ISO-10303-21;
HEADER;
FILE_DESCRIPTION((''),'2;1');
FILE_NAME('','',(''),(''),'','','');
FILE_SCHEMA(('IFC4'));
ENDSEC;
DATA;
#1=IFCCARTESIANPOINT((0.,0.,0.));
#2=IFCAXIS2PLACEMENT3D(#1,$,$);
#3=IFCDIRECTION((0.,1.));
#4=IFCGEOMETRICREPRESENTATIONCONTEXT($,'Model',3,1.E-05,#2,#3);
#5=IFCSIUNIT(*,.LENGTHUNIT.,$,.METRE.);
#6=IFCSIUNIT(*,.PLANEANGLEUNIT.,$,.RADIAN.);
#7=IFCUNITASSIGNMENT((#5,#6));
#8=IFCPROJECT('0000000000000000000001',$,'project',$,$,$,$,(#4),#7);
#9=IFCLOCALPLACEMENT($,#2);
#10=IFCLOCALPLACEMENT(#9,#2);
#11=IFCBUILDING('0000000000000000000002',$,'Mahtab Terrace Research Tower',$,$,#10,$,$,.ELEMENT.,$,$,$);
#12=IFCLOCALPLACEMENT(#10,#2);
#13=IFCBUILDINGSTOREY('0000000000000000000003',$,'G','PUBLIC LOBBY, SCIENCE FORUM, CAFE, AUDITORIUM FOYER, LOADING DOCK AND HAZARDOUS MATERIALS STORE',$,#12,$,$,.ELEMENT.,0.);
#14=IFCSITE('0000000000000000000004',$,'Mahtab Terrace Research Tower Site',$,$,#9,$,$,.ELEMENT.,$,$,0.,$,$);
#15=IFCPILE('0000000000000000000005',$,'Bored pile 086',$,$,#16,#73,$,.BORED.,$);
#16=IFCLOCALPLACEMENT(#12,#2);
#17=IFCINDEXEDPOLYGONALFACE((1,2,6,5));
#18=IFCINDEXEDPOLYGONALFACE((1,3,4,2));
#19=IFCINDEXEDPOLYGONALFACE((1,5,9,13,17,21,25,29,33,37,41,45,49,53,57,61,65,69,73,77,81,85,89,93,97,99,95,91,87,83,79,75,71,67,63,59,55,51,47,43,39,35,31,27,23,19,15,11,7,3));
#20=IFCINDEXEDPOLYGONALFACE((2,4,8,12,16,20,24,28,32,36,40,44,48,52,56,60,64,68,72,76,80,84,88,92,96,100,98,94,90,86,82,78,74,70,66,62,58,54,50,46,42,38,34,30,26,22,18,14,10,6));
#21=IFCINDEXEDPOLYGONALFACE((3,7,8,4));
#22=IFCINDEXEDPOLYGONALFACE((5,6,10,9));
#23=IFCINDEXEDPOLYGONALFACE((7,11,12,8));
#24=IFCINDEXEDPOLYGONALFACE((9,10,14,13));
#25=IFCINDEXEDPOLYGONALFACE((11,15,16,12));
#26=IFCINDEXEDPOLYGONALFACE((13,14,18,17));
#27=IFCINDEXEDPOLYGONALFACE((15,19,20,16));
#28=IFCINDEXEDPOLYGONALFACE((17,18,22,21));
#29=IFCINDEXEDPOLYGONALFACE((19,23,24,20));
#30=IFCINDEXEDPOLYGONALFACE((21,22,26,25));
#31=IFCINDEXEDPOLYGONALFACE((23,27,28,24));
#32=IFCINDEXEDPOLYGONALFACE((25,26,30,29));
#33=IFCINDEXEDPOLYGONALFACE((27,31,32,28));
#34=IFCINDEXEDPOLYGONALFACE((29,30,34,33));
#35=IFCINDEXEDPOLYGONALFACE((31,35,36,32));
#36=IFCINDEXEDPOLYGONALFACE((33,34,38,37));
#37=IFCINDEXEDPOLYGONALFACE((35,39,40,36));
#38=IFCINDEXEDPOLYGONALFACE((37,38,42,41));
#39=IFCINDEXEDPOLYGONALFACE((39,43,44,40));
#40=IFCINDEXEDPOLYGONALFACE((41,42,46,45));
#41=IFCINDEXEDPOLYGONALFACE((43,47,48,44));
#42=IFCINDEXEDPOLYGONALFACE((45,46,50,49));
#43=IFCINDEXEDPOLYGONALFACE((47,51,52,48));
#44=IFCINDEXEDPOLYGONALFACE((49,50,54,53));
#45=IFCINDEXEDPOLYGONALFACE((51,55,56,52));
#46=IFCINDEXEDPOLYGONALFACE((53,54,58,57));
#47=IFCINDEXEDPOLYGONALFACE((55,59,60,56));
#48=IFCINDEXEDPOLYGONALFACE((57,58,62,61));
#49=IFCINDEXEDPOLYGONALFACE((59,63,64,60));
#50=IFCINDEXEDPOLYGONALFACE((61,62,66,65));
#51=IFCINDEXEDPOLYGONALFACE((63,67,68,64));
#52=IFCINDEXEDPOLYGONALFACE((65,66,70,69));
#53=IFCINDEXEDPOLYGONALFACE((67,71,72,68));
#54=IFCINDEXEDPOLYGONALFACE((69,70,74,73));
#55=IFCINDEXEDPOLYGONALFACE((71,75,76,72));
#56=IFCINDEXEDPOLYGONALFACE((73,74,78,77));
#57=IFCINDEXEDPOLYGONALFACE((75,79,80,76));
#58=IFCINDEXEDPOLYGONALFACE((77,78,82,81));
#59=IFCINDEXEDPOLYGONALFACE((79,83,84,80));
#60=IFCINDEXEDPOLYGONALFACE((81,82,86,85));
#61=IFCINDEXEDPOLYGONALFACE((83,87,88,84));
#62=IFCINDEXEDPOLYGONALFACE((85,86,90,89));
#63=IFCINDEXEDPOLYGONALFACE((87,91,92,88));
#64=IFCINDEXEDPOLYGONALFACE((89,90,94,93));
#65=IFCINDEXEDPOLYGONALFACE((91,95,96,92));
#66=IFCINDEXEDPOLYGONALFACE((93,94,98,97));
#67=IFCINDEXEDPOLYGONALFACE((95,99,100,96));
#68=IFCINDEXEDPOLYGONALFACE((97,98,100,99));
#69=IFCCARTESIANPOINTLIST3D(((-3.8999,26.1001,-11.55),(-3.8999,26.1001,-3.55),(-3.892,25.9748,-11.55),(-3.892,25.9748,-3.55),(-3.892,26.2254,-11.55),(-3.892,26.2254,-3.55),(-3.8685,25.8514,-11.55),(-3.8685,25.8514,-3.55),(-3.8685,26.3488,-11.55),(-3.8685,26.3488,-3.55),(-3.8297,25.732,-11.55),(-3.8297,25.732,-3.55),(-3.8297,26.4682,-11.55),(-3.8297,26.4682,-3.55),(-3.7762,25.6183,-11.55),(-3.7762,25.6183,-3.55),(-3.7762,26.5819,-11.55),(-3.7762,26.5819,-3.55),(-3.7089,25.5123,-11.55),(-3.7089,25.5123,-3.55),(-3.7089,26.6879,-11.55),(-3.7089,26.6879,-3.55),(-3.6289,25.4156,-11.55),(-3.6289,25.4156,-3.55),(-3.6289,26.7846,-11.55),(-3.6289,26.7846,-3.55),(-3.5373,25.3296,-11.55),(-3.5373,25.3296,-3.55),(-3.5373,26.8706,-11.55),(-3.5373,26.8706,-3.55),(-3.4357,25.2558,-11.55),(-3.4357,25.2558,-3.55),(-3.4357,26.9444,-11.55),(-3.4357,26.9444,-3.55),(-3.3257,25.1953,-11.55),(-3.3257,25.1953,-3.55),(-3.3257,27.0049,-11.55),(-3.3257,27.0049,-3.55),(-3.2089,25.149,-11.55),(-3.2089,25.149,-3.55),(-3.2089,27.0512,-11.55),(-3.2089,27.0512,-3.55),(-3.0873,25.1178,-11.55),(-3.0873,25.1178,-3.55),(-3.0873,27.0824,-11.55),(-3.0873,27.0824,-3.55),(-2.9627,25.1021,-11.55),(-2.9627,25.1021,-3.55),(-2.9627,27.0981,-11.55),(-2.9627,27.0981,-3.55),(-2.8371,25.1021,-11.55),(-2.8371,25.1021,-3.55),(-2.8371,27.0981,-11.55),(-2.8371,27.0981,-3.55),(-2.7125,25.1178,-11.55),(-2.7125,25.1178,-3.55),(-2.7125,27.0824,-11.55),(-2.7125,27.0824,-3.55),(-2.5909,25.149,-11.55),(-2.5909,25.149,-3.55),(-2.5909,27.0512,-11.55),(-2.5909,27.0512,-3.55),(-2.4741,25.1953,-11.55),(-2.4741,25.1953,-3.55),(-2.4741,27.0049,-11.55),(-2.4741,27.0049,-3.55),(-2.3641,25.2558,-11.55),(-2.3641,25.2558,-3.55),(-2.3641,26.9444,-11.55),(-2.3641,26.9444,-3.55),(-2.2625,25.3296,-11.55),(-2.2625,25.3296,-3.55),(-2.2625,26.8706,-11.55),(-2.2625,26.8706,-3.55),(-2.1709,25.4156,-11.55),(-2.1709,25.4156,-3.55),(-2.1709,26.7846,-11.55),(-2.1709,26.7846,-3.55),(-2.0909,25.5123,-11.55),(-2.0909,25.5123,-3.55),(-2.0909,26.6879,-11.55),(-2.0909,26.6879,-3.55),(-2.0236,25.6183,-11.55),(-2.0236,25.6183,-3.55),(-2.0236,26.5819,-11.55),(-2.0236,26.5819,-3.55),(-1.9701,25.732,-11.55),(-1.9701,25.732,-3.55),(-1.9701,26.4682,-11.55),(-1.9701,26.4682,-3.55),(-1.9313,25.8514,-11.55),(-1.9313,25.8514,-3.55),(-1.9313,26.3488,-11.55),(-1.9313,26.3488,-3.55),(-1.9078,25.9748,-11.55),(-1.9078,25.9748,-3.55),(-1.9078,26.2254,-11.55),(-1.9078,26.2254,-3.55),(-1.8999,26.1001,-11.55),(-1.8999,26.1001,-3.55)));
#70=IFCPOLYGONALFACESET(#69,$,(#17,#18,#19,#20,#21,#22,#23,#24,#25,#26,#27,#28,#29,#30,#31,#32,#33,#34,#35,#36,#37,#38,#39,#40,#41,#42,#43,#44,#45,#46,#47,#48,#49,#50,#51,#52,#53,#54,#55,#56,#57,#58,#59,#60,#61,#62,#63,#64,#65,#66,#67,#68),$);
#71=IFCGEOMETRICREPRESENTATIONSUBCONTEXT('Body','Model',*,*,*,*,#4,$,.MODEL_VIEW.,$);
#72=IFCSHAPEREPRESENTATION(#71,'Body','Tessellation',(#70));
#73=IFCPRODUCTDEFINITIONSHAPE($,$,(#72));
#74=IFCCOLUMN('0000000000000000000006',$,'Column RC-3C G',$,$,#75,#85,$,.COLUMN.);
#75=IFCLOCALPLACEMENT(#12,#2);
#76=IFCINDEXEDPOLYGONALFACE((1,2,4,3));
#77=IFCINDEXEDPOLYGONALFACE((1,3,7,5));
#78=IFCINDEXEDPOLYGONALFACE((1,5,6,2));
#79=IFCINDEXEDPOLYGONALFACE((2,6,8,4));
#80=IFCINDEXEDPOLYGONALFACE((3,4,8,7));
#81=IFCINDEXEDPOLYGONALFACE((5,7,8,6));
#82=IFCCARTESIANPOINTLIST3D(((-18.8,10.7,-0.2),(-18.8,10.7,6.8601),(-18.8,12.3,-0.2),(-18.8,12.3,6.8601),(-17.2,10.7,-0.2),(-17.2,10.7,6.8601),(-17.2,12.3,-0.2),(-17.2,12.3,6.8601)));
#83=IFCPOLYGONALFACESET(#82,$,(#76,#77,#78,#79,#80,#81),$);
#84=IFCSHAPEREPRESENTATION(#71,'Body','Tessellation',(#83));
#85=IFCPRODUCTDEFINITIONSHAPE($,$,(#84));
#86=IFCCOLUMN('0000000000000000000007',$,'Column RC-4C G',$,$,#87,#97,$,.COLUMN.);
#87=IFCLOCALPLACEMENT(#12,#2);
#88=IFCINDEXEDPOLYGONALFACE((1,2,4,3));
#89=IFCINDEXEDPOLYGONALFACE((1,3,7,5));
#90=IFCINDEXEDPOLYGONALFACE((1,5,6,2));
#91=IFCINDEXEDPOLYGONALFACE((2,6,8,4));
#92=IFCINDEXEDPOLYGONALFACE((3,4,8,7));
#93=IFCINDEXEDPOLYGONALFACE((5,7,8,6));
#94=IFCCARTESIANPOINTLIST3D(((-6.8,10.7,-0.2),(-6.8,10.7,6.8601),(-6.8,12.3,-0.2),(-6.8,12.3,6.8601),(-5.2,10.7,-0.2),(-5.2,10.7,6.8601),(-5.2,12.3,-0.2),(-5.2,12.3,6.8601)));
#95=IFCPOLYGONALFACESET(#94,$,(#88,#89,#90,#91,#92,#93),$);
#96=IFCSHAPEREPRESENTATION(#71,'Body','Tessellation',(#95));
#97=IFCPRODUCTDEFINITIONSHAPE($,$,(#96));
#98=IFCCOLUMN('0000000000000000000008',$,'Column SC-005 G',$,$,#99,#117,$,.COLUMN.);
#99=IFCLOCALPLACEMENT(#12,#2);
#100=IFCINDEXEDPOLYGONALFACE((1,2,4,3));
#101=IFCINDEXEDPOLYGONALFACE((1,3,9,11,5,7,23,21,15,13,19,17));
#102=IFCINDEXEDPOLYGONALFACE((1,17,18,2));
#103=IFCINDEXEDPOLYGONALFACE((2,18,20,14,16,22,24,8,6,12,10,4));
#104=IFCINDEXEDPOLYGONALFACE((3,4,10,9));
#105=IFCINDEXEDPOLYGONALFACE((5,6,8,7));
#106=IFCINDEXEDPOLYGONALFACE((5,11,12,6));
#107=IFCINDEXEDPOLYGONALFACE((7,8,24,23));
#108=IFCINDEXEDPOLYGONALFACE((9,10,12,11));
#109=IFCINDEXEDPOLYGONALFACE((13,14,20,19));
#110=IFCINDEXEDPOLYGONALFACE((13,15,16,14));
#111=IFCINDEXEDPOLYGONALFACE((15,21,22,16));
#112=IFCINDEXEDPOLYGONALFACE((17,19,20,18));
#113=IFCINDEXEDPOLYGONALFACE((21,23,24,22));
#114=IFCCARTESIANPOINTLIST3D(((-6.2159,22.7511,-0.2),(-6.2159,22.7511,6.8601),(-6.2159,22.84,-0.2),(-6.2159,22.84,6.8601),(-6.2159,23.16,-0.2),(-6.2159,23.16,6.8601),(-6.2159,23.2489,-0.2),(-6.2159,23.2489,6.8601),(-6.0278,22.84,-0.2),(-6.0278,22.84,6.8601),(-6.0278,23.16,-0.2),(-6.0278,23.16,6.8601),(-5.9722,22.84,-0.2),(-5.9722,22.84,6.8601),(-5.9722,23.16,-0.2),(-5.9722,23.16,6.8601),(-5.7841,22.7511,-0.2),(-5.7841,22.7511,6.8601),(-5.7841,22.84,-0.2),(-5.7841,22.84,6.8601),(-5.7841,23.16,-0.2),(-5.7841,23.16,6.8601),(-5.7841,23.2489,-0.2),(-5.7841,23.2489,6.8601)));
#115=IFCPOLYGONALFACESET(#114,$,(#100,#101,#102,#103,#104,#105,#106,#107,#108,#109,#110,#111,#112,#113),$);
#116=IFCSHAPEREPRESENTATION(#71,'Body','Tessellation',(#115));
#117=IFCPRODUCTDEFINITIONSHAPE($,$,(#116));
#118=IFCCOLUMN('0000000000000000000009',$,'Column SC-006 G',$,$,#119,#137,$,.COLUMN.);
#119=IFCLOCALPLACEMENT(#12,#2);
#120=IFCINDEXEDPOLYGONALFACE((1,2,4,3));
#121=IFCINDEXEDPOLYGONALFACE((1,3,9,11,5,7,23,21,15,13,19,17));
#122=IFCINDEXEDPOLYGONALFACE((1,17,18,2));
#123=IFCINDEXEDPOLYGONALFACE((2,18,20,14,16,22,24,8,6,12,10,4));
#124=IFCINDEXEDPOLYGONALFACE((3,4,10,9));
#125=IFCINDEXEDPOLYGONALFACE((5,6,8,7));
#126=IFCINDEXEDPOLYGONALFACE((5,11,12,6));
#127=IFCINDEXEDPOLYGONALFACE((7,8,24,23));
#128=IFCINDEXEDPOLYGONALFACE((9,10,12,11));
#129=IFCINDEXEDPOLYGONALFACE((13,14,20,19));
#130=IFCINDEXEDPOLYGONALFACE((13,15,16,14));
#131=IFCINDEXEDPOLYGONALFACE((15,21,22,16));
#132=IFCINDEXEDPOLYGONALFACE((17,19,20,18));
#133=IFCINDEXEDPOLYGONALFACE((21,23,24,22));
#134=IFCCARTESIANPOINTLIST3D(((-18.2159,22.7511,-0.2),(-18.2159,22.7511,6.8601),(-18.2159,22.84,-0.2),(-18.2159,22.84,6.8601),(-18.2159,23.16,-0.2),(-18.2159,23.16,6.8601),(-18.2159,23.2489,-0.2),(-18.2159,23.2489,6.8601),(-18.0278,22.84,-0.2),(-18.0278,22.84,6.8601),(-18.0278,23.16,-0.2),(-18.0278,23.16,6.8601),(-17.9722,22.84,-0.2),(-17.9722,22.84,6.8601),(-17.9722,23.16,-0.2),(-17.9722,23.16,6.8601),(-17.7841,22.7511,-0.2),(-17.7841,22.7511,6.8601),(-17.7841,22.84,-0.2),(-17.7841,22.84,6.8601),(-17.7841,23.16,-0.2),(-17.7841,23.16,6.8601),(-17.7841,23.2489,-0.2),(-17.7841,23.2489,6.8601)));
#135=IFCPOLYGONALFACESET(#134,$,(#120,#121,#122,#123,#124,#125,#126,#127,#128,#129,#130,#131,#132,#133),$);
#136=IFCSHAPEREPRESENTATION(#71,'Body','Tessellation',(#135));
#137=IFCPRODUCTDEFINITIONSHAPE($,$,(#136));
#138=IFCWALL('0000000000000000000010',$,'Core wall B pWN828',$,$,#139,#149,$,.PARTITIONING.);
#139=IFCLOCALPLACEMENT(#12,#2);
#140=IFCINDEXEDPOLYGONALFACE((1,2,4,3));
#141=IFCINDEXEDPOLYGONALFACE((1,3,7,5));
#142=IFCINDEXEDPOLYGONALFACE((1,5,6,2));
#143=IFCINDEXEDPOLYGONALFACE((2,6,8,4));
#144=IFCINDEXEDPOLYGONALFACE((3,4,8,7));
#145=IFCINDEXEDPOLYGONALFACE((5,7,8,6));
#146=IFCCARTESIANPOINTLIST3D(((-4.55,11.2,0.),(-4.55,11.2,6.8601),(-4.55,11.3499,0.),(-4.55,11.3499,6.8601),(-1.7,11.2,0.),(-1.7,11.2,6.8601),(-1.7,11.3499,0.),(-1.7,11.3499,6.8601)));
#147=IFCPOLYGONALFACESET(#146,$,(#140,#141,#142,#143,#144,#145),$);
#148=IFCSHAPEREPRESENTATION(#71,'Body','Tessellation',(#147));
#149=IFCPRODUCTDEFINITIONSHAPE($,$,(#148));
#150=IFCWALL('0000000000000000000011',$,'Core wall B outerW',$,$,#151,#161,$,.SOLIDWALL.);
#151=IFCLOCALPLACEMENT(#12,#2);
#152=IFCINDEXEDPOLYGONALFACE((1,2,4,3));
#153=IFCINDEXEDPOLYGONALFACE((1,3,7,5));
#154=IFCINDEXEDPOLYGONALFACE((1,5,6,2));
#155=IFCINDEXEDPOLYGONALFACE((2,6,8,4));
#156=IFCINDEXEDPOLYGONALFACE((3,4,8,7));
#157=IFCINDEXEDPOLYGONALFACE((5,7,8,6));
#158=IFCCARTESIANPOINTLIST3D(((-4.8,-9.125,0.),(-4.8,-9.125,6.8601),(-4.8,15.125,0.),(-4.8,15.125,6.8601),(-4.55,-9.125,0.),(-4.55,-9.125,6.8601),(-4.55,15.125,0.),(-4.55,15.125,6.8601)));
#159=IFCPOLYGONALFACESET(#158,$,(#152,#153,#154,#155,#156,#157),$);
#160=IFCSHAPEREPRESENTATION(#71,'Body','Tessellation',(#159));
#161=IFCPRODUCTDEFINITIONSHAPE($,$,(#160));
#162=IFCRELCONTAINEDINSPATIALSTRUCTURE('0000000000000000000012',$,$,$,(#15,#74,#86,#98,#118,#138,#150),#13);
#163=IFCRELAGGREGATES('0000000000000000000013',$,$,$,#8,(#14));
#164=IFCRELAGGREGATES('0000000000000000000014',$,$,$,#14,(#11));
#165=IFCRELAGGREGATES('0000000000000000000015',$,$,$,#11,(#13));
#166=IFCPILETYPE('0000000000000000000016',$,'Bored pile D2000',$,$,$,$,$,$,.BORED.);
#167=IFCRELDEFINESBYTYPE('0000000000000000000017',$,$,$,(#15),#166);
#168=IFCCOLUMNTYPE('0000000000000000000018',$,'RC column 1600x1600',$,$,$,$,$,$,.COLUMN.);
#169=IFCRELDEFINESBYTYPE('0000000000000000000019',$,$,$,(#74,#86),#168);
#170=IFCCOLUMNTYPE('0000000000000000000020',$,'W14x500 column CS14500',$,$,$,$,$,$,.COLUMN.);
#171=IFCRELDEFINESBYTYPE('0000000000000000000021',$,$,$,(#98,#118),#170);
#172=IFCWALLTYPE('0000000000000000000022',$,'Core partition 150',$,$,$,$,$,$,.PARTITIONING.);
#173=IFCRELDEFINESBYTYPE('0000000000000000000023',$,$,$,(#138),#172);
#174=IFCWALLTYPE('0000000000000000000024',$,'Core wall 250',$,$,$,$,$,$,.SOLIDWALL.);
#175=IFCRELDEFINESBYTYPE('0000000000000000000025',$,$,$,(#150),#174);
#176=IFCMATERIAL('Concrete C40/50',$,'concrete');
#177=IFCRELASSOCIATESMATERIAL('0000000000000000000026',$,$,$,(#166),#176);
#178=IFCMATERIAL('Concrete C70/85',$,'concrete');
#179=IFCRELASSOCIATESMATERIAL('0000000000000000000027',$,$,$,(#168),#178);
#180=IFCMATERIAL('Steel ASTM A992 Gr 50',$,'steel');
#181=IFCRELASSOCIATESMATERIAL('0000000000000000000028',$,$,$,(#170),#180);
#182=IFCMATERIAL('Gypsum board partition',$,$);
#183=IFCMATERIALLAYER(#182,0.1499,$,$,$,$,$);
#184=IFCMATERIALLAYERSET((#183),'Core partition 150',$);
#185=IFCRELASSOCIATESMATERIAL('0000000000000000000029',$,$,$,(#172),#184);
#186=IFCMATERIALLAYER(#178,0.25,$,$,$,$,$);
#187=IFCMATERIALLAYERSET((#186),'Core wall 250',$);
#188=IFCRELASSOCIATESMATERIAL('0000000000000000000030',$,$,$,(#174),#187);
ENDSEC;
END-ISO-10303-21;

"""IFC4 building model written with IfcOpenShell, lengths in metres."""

from ifc_helpers import new_model, si_unit, direction, frame, frame_2d, origin, origin_2d, place, context, subcontext, project, spatial, rectangle, circle, i_section, extrude, material, layer, layer_set, material_profile, profile_set, type_object, element, save


model = new_model("IFC4")

# Units and contexts
model_context = context("Model", 3, precision=1e-05, world=origin(), true_north=direction((0.0, 1.0)))
body_context = subcontext(model_context, "Body", "Model", "MODEL_VIEW")
ifc_project = project(units=[si_unit("LENGTHUNIT", "METRE"), si_unit("PLANEANGLEUNIT", "RADIAN")], contexts=[model_context])

# Site, building, storey
site_placement = place(None, origin())
site = spatial("IfcSite", under=ifc_project, at=site_placement, Name="Mahtab Terrace Research Tower Site", CompositionType="ELEMENT", RefElevation=0.0)
building_placement = place(site_placement, origin())
building = spatial("IfcBuilding", under=site, at=building_placement, Name="Mahtab Terrace Research Tower", CompositionType="ELEMENT")
storey_placement = place(building_placement, origin())
storey = spatial("IfcBuildingStorey", under=building, at=storey_placement, Name="G", Description="PUBLIC LOBBY, SCIENCE FORUM, CAFE, AUDITORIUM FOYER, LOADING DOCK AND HAZARDOUS MATERIALS STORE", CompositionType="ELEMENT", Elevation=0.0)

# Pile
ifc_material_1 = material(Name="Concrete C40/50", Category="concrete")
ifc_material_profile_1 = material_profile(ifc_material_1, circle(Radius=1.0, at=origin_2d()), Name="Bored pile D2000")
ifc_profile_set_1 = profile_set([ifc_material_profile_1], Name="Concrete C40/50")
pile_type_1 = type_object("IfcPileType", Name="Bored pile D2000", PredefinedType="BORED", material=ifc_profile_set_1)
for number, where, z_axis, x_axis, name in (
    (1, (-2.8999, 26.1001, -3.55), (0.0, 0.0, -1.0), (1.0, 0.0, 0.0), "Bored pile 086"),
):
    element("IfcPile", number, at=place(storey_placement, frame(where, z_axis=z_axis, x_axis=x_axis)), inside=storey, type_object=pile_type_1, Name=name, PredefinedType="BORED", context=body_context, shape_type="SweptSolid", body=[
        extrude(circle(Radius=1.0, at=origin_2d()), origin(), (0.0, 0.0, 1.0), 8.0),
    ])

# Columns
ifc_material_2 = material(Name="Concrete C70/85", Category="concrete")
ifc_material_profile_2 = material_profile(ifc_material_2, rectangle(XDim=1.6001, YDim=1.6001, at=origin_2d()), Name="RC column 1600x1600")
ifc_profile_set_2 = profile_set([ifc_material_profile_2], Name="Concrete C70/85")
column_type_1 = type_object("IfcColumnType", Name="RC column 1600x1600", PredefinedType="COLUMN", material=ifc_profile_set_2)
for number, where, z_axis, x_axis, name in (
    (2, (-18.0, 11.5, -0.2), (0.0, 0.0, 1.0), (1.0, 0.0, 0.0), "Column RC-3C G"),
    (3, (-6.0, 11.5, -0.2), (0.0, 0.0, 1.0), (1.0, 0.0, 0.0), "Column RC-4C G"),
):
    element("IfcColumn", number, at=place(storey_placement, frame(where, z_axis=z_axis, x_axis=x_axis)), inside=storey, type_object=column_type_1, Name=name, PredefinedType="COLUMN", context=body_context, shape_type="SweptSolid", body=[
        extrude(rectangle(XDim=1.6001, YDim=1.6001, at=origin_2d()), origin(), (0.0, 0.0, 1.0), 7.0601),
    ])
ifc_material_3 = material(Name="Steel ASTM A992 Gr 50", Category="steel")
ifc_material_profile_3 = material_profile(ifc_material_3, i_section(OverallWidth=0.4319, OverallDepth=0.4978, WebThickness=0.0557, FlangeThickness=0.0889, at=origin_2d()), Name="W14X500")
ifc_profile_set_3 = profile_set([ifc_material_profile_3], Name="Steel ASTM A992 Gr 50")
column_type_2 = type_object("IfcColumnType", Name="W14x500 column CS14500", PredefinedType="COLUMN", material=ifc_profile_set_3)
for number, where, z_axis, x_axis, name in (
    (4, (-6.0, 23.0, -0.2), (0.0, 0.0, 1.0), (1.0, 0.0, 0.0), "Column SC-005 G"),
    (5, (-18.0, 23.0, -0.2), (0.0, 0.0, 1.0), (1.0, 0.0, 0.0), "Column SC-006 G"),
):
    element("IfcColumn", number, at=place(storey_placement, frame(where, z_axis=z_axis, x_axis=x_axis)), inside=storey, type_object=column_type_2, Name=name, PredefinedType="COLUMN", context=body_context, shape_type="SweptSolid", body=[
        extrude(i_section(OverallWidth=0.4319, OverallDepth=0.4978, WebThickness=0.0557, FlangeThickness=0.0889, at=origin_2d()), origin(), (0.0, 0.0, 1.0), 7.0601),
    ])

# Walls
ifc_material_4 = material(Name="Gypsum board partition")
ifc_layer_1 = layer(ifc_material_4, 0.1499)
ifc_layer_set_1 = layer_set([ifc_layer_1], Name="Core partition 150")
wall_type_1 = type_object("IfcWallType", Name="Core partition 150", PredefinedType="PARTITIONING", material=ifc_layer_set_1)
wall_1_placement = place(storey_placement, frame((-4.55, 11.2749, 0.0), z_axis=(0.0, 0.0, 1.0), x_axis=(1.0, 0.0, 0.0)))
element("IfcWall", 6, at=wall_1_placement, inside=storey, type_object=wall_type_1, Name="Core wall B pWN828", PredefinedType="PARTITIONING", context=body_context, shape_type="SweptSolid", body=[
    extrude(rectangle(XDim=2.8501, YDim=0.1499, at=frame_2d((1.425, 0.0))), origin(), (0.0, 0.0, 1.0), 6.8601),
])
ifc_layer_2 = layer(ifc_material_2, 0.25)
ifc_layer_set_2 = layer_set([ifc_layer_2], Name="Core wall 250")
wall_type_2 = type_object("IfcWallType", Name="Core wall 250", PredefinedType="SOLIDWALL", material=ifc_layer_set_2)
wall_2_placement = place(storey_placement, frame((-4.675, 15.125, 0.0), z_axis=(0.0, 0.0, 1.0), x_axis=(0.0, -1.0, 0.0)))
element("IfcWall", 7, at=wall_2_placement, inside=storey, type_object=wall_type_2, Name="Core wall B outerW", PredefinedType="SOLIDWALL", context=body_context, shape_type="SweptSolid", body=[
    extrude(rectangle(XDim=24.25, YDim=0.25, at=frame_2d((12.125, 0.0))), origin(), (0.0, 0.0, 1.0), 6.8601),
])

save(model, "model.ifc")
